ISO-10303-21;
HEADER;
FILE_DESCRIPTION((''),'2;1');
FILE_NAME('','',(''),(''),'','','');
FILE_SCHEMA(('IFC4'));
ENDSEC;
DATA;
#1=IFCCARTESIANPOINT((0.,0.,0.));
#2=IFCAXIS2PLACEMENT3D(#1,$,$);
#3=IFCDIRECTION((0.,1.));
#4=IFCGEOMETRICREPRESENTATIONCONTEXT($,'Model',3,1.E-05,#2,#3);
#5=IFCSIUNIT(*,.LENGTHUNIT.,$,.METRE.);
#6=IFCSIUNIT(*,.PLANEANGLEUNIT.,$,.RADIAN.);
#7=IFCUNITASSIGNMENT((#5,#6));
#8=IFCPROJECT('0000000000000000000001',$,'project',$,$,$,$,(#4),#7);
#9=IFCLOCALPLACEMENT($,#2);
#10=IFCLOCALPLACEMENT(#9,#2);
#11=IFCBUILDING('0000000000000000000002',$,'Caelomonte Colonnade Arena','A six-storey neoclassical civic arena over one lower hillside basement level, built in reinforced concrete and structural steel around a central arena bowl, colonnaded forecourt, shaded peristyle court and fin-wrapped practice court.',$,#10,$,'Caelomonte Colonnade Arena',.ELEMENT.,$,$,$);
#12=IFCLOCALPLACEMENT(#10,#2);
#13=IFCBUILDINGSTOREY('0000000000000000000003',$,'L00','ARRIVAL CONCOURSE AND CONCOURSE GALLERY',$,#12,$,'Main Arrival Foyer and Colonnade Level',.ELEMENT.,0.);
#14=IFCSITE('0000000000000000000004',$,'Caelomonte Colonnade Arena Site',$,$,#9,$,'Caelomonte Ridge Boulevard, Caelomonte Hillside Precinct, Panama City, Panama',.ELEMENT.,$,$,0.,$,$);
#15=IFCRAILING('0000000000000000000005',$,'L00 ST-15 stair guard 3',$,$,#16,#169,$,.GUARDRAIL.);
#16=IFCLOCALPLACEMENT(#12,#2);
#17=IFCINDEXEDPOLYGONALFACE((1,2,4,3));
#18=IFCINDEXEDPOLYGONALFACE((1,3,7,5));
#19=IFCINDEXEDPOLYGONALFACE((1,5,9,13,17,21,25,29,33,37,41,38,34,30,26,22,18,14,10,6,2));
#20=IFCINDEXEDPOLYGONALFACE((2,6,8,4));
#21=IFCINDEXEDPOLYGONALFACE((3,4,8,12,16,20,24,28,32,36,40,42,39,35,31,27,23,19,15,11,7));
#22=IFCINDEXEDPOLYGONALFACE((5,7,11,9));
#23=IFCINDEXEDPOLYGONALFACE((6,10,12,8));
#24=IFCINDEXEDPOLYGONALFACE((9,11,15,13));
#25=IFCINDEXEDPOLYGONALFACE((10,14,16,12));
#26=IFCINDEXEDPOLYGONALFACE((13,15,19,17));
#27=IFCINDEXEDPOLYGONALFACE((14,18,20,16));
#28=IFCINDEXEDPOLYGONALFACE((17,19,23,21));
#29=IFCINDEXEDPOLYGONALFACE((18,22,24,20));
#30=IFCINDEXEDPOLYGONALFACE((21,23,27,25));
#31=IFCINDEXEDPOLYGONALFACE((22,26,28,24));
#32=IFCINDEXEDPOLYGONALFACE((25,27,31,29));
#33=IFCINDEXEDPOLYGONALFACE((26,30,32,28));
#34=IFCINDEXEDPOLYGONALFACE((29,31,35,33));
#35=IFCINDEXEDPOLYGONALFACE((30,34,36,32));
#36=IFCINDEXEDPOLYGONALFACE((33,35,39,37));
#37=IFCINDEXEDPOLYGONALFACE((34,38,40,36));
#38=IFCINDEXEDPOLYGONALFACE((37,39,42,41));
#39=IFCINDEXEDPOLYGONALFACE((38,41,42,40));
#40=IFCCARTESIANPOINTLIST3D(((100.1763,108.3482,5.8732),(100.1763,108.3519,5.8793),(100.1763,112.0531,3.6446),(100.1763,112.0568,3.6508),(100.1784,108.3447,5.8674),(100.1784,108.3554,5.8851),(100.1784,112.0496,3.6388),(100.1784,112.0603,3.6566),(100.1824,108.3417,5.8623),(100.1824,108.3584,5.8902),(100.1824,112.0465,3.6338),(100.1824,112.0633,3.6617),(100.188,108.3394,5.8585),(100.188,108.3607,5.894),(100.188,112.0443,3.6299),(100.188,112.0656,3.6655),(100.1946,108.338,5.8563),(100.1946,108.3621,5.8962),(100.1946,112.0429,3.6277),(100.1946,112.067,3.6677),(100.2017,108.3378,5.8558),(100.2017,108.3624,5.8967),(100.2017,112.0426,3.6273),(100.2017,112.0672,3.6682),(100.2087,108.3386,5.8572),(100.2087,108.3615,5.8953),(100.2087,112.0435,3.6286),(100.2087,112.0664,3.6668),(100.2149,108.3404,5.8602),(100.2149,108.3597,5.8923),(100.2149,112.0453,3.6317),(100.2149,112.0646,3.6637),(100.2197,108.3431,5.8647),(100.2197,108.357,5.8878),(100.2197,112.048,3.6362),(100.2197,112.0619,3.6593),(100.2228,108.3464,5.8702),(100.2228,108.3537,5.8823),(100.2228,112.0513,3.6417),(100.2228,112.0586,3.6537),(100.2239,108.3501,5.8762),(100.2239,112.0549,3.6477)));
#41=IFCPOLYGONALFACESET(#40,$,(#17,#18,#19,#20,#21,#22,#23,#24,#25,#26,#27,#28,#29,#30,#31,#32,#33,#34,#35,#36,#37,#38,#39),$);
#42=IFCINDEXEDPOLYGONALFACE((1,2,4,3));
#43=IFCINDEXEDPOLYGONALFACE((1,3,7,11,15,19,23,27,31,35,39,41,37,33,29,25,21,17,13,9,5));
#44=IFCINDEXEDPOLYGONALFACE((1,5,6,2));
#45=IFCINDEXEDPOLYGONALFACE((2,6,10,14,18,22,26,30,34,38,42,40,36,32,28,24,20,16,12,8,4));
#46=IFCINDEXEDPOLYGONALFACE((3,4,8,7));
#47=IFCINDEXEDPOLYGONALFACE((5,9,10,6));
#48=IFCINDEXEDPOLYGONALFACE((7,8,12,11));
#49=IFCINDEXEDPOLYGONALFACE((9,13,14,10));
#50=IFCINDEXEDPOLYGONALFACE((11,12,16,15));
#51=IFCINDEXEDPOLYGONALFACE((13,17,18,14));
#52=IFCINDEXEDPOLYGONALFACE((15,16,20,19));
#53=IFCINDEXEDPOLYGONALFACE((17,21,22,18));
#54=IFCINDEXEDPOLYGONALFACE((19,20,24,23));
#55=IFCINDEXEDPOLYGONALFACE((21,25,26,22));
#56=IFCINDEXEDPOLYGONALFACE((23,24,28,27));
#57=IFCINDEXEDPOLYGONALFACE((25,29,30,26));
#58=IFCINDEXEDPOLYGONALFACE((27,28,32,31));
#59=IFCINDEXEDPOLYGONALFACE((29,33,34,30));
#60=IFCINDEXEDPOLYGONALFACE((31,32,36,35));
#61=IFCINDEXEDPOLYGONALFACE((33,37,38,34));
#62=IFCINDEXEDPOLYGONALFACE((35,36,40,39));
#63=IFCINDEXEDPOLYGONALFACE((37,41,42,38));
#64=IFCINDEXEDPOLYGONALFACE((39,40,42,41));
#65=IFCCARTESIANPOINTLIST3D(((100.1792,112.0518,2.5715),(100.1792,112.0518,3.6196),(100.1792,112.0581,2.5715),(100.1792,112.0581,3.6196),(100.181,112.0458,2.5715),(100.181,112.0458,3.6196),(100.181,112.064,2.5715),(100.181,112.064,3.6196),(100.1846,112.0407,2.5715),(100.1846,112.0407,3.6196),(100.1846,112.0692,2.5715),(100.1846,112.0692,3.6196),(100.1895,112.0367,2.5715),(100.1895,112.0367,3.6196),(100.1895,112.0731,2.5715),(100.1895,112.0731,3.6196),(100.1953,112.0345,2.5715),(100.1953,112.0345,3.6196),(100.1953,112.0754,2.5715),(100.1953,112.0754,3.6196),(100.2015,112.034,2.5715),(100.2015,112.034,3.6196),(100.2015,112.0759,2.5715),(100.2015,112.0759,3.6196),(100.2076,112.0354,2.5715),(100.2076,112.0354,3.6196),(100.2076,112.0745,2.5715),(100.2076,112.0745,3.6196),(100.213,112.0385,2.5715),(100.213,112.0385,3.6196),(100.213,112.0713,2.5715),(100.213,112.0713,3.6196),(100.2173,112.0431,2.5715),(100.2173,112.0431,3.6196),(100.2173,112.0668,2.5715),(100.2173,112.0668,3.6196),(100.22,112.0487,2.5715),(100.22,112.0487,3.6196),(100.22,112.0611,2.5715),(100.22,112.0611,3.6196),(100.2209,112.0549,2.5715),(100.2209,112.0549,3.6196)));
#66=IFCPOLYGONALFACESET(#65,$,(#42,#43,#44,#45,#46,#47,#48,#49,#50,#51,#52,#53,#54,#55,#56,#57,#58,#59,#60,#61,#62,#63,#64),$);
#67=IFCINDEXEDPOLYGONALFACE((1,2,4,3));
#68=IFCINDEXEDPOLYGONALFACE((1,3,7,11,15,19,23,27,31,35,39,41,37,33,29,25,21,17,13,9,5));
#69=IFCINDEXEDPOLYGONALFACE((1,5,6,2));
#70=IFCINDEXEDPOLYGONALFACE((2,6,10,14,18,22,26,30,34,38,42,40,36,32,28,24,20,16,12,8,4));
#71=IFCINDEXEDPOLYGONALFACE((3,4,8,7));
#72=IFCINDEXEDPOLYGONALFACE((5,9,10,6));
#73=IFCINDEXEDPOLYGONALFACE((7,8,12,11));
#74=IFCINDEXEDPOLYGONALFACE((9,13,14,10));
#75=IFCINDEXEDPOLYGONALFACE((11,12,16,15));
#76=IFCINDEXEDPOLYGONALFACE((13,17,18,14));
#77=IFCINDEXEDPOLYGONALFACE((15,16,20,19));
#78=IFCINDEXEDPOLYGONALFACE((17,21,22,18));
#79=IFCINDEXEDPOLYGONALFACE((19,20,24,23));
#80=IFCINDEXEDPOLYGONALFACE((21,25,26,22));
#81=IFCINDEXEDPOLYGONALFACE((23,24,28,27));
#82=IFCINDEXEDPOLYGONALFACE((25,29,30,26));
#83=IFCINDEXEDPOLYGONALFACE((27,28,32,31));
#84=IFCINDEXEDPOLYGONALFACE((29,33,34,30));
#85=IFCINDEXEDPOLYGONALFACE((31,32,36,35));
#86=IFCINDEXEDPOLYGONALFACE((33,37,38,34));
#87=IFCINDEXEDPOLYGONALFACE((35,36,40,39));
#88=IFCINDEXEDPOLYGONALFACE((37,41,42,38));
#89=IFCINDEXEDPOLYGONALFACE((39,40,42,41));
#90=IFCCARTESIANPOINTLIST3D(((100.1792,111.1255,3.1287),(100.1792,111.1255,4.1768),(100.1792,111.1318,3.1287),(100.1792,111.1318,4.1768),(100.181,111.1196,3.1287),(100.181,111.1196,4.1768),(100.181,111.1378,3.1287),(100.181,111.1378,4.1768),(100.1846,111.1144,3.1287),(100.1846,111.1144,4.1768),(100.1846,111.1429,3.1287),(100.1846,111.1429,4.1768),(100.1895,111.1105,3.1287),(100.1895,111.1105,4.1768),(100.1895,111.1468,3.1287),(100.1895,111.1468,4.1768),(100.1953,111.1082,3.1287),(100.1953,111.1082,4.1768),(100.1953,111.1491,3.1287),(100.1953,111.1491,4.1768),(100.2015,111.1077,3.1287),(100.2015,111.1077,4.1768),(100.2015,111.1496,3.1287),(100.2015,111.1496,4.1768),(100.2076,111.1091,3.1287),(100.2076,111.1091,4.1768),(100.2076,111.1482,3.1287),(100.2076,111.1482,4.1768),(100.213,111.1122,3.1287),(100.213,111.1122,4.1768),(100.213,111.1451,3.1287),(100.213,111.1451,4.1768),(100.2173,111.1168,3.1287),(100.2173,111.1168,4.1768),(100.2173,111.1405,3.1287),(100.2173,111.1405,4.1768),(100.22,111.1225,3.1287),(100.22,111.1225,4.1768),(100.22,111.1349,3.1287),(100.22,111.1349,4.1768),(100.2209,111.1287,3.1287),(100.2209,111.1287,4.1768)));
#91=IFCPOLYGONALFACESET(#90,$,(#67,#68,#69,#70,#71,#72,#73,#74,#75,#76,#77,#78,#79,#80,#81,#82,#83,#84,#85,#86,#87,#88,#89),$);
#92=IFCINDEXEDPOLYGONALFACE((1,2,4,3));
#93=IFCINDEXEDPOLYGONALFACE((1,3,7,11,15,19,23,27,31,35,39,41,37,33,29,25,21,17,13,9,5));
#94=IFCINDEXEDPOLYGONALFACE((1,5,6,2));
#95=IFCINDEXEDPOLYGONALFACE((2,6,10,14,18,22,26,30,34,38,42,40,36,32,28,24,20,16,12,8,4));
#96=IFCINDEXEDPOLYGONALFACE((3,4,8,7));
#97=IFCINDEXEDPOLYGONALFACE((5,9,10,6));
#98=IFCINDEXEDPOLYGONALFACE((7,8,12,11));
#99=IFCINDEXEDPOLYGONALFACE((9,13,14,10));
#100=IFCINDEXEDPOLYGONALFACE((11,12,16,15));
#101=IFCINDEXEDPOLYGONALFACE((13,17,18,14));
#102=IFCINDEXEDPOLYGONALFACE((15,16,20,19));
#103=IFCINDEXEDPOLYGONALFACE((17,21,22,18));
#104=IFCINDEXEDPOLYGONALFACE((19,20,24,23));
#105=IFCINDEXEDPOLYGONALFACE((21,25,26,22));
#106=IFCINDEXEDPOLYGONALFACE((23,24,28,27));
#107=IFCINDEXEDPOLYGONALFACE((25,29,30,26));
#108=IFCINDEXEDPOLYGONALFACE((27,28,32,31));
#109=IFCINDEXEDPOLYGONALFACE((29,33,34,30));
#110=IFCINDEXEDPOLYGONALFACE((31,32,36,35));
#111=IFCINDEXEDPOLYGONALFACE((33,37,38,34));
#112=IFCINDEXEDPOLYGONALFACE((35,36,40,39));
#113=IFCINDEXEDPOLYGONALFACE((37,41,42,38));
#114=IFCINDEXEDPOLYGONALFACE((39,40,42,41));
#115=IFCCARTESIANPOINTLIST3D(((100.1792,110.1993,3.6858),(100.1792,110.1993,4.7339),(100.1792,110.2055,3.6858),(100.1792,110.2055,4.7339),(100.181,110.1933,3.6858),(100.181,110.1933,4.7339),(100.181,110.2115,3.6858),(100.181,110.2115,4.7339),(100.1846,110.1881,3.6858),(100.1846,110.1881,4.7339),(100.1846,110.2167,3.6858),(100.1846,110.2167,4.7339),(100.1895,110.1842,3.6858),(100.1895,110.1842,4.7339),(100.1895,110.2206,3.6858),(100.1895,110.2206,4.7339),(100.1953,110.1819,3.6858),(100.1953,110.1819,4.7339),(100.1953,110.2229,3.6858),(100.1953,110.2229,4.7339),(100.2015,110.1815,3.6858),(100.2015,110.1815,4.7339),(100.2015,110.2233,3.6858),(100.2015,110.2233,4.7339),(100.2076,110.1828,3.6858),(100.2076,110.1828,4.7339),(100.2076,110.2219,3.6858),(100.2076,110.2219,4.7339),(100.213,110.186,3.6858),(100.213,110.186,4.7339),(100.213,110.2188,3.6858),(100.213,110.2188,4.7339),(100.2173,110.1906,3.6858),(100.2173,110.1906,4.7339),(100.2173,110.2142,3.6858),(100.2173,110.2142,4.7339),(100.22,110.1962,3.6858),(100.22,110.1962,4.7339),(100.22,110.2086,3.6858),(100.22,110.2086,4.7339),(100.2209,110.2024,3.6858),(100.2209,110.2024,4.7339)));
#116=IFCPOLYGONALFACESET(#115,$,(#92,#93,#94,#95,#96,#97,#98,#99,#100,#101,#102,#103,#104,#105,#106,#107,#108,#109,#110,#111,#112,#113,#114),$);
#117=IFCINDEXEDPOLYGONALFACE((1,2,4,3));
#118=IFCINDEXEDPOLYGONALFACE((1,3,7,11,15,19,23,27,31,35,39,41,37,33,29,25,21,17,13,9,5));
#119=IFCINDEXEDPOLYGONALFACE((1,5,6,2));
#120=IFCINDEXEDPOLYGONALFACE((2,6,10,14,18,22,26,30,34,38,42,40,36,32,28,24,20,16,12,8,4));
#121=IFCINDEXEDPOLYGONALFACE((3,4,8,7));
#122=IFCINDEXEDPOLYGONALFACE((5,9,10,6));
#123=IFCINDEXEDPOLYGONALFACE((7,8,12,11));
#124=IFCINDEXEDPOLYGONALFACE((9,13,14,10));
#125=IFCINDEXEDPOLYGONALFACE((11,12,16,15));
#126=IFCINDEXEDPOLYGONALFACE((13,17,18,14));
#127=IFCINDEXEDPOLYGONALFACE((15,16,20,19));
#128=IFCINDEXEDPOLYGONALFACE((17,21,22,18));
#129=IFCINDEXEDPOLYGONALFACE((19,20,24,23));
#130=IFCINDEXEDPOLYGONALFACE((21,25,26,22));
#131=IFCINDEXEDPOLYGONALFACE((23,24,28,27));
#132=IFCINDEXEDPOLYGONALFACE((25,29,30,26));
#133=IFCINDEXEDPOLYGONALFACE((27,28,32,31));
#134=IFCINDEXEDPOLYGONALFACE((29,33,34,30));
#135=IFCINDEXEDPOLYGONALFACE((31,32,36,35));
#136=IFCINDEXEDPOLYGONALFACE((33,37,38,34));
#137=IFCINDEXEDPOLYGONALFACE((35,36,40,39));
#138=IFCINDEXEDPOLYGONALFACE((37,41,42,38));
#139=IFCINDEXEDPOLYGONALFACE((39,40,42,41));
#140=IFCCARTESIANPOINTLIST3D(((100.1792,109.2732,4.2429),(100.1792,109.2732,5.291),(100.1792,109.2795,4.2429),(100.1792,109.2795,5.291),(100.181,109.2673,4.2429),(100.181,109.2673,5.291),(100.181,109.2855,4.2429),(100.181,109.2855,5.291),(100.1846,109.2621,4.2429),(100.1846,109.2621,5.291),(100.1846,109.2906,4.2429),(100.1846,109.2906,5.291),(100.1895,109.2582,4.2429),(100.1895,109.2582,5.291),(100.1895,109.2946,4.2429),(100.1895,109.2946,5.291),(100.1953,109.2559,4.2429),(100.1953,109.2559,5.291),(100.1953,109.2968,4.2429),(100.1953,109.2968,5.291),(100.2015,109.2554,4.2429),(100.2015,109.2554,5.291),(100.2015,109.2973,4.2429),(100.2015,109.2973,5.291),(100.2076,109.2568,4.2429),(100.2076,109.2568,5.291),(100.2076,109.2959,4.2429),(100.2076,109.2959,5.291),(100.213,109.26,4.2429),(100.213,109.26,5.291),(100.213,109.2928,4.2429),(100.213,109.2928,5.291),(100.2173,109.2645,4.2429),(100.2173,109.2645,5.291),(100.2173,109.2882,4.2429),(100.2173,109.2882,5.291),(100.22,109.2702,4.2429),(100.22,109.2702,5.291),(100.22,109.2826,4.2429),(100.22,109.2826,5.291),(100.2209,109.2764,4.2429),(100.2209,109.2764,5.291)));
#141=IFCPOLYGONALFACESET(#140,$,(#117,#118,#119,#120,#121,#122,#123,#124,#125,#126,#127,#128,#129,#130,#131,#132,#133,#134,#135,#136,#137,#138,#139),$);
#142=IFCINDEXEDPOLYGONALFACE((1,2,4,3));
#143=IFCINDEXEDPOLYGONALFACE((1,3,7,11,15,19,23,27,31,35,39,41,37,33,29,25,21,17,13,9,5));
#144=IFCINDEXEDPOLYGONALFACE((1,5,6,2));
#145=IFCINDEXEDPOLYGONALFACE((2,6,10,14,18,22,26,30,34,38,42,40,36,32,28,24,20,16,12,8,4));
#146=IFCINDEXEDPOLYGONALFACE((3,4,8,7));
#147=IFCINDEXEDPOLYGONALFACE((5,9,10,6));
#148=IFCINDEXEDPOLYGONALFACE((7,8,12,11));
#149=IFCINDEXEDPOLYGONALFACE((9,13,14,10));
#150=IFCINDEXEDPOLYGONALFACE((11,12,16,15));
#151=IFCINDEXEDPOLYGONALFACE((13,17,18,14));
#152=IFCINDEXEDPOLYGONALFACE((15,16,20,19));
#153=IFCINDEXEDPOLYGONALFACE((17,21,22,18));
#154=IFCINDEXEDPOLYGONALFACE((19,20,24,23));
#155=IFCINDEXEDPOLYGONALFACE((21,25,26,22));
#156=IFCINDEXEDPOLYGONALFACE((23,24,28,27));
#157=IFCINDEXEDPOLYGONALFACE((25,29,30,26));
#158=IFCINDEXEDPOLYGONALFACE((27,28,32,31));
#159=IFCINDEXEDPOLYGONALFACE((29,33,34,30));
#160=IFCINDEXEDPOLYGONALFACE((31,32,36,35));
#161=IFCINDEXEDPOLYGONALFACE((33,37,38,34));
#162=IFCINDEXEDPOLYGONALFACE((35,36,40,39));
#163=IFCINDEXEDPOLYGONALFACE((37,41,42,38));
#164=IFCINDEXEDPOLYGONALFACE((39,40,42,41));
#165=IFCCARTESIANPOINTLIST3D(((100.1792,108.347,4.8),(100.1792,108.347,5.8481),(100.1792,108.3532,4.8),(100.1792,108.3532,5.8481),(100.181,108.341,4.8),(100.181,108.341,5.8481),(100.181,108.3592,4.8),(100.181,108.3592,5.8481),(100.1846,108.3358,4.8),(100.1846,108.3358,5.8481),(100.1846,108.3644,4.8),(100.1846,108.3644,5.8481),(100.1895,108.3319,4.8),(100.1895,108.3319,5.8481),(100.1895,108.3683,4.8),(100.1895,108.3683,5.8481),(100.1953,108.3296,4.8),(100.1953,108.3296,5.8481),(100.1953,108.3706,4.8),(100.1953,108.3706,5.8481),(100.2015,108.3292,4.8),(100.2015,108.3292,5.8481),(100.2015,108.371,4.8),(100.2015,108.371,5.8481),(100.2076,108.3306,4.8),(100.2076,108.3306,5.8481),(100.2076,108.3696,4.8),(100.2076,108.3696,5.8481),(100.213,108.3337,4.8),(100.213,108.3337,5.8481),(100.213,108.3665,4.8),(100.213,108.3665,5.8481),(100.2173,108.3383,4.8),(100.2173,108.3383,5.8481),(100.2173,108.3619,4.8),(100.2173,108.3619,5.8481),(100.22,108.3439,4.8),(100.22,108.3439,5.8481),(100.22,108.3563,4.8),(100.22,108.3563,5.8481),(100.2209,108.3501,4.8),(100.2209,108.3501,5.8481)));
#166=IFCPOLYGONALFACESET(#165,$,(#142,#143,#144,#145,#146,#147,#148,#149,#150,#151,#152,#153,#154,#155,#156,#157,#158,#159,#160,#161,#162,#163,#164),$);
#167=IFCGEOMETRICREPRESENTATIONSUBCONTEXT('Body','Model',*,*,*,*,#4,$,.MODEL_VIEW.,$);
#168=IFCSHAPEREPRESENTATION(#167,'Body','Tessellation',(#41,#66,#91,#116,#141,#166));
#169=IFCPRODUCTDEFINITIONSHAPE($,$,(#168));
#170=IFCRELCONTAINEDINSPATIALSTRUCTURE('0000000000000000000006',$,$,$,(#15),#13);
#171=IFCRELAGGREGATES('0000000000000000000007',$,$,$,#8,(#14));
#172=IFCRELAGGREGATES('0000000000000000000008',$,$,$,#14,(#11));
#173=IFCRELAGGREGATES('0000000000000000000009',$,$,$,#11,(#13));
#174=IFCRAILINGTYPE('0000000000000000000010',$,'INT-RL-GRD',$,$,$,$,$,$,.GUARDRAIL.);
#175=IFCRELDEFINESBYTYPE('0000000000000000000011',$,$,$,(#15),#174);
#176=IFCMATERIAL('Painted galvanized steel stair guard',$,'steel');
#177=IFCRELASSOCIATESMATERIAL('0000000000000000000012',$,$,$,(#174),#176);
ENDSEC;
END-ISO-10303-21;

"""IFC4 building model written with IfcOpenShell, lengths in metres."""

from ifc_helpers import new_model, si_unit, direction, frame, origin, origin_2d, place, context, subcontext, project, spatial, circle, extrude, material, type_object, element, save


model = new_model("IFC4")

# Units and contexts
model_context = context("Model", 3, precision=1e-05, world=origin(), true_north=direction((0.0, 1.0)))
body_context = subcontext(model_context, "Body", "Model", "MODEL_VIEW")
ifc_project = project(units=[si_unit("LENGTHUNIT", "METRE"), si_unit("PLANEANGLEUNIT", "RADIAN")], contexts=[model_context])

# Site, building, storey
site_placement = place(None, origin())
site = spatial("IfcSite", under=ifc_project, at=site_placement, Name="Caelomonte Colonnade Arena Site", LongName="Caelomonte Ridge Boulevard, Caelomonte Hillside Precinct, Panama City, Panama", CompositionType="ELEMENT", RefElevation=0.0)
building_placement = place(site_placement, origin())
building = spatial("IfcBuilding", under=site, at=building_placement, Name="Caelomonte Colonnade Arena", Description="A six-storey neoclassical civic arena over one lower hillside basement level, built in reinforced concrete and structural steel around a central arena bowl, colonnaded forecourt, shaded peristyle court and fin-wrapped practice court.", LongName="Caelomonte Colonnade Arena", CompositionType="ELEMENT")
storey_placement = place(building_placement, origin())
storey = spatial("IfcBuildingStorey", under=building, at=storey_placement, Name="L00", Description="ARRIVAL CONCOURSE AND CONCOURSE GALLERY", LongName="Main Arrival Foyer and Colonnade Level", CompositionType="ELEMENT", Elevation=0.0)

# Railing
ifc_material_1 = material(Name="Painted galvanized steel stair guard", Category="steel")
railing_type_1 = type_object("IfcRailingType", Name="INT-RL-GRD", PredefinedType="GUARDRAIL", material=ifc_material_1)
railing_1_placement = place(storey_placement, frame((100.2, 112.0549, 2.5715)))
element("IfcRailing", 1, at=railing_1_placement, inside=storey, type_object=railing_type_1, Name="L00 ST-15 stair guard 3", PredefinedType="GUARDRAIL", context=body_context, shape_type="SweptSolid", body=[
    extrude(circle(Radius=0.0239, at=origin_2d()), frame((0.0, 0.0, 1.0762), z_axis=(0.0, -0.856919, 0.51545), x_axis=(1.0, 0.0, 0.0)), (0.0, 0.0, 1.0), 4.3235),
    extrude(circle(Radius=0.021, at=origin_2d()), origin(), (0.0, 0.0, 1.0), 1.0481),
    extrude(circle(Radius=0.021, at=origin_2d()), frame((0.0, -0.9263, 0.5571)), (0.0, 0.0, 1.0), 1.0481),
    extrude(circle(Radius=0.021, at=origin_2d()), frame((0.0, -1.8525, 1.1143)), (0.0, 0.0, 1.0), 1.0481),
    extrude(circle(Radius=0.021, at=origin_2d()), frame((0.0, -2.7786, 1.6714)), (0.0, 0.0, 1.0), 1.0481),
    extrude(circle(Radius=0.021, at=origin_2d()), frame((0.0, -3.7048, 2.2285)), (0.0, 0.0, 1.0), 1.0481),
])

save(model, "model.ifc")
